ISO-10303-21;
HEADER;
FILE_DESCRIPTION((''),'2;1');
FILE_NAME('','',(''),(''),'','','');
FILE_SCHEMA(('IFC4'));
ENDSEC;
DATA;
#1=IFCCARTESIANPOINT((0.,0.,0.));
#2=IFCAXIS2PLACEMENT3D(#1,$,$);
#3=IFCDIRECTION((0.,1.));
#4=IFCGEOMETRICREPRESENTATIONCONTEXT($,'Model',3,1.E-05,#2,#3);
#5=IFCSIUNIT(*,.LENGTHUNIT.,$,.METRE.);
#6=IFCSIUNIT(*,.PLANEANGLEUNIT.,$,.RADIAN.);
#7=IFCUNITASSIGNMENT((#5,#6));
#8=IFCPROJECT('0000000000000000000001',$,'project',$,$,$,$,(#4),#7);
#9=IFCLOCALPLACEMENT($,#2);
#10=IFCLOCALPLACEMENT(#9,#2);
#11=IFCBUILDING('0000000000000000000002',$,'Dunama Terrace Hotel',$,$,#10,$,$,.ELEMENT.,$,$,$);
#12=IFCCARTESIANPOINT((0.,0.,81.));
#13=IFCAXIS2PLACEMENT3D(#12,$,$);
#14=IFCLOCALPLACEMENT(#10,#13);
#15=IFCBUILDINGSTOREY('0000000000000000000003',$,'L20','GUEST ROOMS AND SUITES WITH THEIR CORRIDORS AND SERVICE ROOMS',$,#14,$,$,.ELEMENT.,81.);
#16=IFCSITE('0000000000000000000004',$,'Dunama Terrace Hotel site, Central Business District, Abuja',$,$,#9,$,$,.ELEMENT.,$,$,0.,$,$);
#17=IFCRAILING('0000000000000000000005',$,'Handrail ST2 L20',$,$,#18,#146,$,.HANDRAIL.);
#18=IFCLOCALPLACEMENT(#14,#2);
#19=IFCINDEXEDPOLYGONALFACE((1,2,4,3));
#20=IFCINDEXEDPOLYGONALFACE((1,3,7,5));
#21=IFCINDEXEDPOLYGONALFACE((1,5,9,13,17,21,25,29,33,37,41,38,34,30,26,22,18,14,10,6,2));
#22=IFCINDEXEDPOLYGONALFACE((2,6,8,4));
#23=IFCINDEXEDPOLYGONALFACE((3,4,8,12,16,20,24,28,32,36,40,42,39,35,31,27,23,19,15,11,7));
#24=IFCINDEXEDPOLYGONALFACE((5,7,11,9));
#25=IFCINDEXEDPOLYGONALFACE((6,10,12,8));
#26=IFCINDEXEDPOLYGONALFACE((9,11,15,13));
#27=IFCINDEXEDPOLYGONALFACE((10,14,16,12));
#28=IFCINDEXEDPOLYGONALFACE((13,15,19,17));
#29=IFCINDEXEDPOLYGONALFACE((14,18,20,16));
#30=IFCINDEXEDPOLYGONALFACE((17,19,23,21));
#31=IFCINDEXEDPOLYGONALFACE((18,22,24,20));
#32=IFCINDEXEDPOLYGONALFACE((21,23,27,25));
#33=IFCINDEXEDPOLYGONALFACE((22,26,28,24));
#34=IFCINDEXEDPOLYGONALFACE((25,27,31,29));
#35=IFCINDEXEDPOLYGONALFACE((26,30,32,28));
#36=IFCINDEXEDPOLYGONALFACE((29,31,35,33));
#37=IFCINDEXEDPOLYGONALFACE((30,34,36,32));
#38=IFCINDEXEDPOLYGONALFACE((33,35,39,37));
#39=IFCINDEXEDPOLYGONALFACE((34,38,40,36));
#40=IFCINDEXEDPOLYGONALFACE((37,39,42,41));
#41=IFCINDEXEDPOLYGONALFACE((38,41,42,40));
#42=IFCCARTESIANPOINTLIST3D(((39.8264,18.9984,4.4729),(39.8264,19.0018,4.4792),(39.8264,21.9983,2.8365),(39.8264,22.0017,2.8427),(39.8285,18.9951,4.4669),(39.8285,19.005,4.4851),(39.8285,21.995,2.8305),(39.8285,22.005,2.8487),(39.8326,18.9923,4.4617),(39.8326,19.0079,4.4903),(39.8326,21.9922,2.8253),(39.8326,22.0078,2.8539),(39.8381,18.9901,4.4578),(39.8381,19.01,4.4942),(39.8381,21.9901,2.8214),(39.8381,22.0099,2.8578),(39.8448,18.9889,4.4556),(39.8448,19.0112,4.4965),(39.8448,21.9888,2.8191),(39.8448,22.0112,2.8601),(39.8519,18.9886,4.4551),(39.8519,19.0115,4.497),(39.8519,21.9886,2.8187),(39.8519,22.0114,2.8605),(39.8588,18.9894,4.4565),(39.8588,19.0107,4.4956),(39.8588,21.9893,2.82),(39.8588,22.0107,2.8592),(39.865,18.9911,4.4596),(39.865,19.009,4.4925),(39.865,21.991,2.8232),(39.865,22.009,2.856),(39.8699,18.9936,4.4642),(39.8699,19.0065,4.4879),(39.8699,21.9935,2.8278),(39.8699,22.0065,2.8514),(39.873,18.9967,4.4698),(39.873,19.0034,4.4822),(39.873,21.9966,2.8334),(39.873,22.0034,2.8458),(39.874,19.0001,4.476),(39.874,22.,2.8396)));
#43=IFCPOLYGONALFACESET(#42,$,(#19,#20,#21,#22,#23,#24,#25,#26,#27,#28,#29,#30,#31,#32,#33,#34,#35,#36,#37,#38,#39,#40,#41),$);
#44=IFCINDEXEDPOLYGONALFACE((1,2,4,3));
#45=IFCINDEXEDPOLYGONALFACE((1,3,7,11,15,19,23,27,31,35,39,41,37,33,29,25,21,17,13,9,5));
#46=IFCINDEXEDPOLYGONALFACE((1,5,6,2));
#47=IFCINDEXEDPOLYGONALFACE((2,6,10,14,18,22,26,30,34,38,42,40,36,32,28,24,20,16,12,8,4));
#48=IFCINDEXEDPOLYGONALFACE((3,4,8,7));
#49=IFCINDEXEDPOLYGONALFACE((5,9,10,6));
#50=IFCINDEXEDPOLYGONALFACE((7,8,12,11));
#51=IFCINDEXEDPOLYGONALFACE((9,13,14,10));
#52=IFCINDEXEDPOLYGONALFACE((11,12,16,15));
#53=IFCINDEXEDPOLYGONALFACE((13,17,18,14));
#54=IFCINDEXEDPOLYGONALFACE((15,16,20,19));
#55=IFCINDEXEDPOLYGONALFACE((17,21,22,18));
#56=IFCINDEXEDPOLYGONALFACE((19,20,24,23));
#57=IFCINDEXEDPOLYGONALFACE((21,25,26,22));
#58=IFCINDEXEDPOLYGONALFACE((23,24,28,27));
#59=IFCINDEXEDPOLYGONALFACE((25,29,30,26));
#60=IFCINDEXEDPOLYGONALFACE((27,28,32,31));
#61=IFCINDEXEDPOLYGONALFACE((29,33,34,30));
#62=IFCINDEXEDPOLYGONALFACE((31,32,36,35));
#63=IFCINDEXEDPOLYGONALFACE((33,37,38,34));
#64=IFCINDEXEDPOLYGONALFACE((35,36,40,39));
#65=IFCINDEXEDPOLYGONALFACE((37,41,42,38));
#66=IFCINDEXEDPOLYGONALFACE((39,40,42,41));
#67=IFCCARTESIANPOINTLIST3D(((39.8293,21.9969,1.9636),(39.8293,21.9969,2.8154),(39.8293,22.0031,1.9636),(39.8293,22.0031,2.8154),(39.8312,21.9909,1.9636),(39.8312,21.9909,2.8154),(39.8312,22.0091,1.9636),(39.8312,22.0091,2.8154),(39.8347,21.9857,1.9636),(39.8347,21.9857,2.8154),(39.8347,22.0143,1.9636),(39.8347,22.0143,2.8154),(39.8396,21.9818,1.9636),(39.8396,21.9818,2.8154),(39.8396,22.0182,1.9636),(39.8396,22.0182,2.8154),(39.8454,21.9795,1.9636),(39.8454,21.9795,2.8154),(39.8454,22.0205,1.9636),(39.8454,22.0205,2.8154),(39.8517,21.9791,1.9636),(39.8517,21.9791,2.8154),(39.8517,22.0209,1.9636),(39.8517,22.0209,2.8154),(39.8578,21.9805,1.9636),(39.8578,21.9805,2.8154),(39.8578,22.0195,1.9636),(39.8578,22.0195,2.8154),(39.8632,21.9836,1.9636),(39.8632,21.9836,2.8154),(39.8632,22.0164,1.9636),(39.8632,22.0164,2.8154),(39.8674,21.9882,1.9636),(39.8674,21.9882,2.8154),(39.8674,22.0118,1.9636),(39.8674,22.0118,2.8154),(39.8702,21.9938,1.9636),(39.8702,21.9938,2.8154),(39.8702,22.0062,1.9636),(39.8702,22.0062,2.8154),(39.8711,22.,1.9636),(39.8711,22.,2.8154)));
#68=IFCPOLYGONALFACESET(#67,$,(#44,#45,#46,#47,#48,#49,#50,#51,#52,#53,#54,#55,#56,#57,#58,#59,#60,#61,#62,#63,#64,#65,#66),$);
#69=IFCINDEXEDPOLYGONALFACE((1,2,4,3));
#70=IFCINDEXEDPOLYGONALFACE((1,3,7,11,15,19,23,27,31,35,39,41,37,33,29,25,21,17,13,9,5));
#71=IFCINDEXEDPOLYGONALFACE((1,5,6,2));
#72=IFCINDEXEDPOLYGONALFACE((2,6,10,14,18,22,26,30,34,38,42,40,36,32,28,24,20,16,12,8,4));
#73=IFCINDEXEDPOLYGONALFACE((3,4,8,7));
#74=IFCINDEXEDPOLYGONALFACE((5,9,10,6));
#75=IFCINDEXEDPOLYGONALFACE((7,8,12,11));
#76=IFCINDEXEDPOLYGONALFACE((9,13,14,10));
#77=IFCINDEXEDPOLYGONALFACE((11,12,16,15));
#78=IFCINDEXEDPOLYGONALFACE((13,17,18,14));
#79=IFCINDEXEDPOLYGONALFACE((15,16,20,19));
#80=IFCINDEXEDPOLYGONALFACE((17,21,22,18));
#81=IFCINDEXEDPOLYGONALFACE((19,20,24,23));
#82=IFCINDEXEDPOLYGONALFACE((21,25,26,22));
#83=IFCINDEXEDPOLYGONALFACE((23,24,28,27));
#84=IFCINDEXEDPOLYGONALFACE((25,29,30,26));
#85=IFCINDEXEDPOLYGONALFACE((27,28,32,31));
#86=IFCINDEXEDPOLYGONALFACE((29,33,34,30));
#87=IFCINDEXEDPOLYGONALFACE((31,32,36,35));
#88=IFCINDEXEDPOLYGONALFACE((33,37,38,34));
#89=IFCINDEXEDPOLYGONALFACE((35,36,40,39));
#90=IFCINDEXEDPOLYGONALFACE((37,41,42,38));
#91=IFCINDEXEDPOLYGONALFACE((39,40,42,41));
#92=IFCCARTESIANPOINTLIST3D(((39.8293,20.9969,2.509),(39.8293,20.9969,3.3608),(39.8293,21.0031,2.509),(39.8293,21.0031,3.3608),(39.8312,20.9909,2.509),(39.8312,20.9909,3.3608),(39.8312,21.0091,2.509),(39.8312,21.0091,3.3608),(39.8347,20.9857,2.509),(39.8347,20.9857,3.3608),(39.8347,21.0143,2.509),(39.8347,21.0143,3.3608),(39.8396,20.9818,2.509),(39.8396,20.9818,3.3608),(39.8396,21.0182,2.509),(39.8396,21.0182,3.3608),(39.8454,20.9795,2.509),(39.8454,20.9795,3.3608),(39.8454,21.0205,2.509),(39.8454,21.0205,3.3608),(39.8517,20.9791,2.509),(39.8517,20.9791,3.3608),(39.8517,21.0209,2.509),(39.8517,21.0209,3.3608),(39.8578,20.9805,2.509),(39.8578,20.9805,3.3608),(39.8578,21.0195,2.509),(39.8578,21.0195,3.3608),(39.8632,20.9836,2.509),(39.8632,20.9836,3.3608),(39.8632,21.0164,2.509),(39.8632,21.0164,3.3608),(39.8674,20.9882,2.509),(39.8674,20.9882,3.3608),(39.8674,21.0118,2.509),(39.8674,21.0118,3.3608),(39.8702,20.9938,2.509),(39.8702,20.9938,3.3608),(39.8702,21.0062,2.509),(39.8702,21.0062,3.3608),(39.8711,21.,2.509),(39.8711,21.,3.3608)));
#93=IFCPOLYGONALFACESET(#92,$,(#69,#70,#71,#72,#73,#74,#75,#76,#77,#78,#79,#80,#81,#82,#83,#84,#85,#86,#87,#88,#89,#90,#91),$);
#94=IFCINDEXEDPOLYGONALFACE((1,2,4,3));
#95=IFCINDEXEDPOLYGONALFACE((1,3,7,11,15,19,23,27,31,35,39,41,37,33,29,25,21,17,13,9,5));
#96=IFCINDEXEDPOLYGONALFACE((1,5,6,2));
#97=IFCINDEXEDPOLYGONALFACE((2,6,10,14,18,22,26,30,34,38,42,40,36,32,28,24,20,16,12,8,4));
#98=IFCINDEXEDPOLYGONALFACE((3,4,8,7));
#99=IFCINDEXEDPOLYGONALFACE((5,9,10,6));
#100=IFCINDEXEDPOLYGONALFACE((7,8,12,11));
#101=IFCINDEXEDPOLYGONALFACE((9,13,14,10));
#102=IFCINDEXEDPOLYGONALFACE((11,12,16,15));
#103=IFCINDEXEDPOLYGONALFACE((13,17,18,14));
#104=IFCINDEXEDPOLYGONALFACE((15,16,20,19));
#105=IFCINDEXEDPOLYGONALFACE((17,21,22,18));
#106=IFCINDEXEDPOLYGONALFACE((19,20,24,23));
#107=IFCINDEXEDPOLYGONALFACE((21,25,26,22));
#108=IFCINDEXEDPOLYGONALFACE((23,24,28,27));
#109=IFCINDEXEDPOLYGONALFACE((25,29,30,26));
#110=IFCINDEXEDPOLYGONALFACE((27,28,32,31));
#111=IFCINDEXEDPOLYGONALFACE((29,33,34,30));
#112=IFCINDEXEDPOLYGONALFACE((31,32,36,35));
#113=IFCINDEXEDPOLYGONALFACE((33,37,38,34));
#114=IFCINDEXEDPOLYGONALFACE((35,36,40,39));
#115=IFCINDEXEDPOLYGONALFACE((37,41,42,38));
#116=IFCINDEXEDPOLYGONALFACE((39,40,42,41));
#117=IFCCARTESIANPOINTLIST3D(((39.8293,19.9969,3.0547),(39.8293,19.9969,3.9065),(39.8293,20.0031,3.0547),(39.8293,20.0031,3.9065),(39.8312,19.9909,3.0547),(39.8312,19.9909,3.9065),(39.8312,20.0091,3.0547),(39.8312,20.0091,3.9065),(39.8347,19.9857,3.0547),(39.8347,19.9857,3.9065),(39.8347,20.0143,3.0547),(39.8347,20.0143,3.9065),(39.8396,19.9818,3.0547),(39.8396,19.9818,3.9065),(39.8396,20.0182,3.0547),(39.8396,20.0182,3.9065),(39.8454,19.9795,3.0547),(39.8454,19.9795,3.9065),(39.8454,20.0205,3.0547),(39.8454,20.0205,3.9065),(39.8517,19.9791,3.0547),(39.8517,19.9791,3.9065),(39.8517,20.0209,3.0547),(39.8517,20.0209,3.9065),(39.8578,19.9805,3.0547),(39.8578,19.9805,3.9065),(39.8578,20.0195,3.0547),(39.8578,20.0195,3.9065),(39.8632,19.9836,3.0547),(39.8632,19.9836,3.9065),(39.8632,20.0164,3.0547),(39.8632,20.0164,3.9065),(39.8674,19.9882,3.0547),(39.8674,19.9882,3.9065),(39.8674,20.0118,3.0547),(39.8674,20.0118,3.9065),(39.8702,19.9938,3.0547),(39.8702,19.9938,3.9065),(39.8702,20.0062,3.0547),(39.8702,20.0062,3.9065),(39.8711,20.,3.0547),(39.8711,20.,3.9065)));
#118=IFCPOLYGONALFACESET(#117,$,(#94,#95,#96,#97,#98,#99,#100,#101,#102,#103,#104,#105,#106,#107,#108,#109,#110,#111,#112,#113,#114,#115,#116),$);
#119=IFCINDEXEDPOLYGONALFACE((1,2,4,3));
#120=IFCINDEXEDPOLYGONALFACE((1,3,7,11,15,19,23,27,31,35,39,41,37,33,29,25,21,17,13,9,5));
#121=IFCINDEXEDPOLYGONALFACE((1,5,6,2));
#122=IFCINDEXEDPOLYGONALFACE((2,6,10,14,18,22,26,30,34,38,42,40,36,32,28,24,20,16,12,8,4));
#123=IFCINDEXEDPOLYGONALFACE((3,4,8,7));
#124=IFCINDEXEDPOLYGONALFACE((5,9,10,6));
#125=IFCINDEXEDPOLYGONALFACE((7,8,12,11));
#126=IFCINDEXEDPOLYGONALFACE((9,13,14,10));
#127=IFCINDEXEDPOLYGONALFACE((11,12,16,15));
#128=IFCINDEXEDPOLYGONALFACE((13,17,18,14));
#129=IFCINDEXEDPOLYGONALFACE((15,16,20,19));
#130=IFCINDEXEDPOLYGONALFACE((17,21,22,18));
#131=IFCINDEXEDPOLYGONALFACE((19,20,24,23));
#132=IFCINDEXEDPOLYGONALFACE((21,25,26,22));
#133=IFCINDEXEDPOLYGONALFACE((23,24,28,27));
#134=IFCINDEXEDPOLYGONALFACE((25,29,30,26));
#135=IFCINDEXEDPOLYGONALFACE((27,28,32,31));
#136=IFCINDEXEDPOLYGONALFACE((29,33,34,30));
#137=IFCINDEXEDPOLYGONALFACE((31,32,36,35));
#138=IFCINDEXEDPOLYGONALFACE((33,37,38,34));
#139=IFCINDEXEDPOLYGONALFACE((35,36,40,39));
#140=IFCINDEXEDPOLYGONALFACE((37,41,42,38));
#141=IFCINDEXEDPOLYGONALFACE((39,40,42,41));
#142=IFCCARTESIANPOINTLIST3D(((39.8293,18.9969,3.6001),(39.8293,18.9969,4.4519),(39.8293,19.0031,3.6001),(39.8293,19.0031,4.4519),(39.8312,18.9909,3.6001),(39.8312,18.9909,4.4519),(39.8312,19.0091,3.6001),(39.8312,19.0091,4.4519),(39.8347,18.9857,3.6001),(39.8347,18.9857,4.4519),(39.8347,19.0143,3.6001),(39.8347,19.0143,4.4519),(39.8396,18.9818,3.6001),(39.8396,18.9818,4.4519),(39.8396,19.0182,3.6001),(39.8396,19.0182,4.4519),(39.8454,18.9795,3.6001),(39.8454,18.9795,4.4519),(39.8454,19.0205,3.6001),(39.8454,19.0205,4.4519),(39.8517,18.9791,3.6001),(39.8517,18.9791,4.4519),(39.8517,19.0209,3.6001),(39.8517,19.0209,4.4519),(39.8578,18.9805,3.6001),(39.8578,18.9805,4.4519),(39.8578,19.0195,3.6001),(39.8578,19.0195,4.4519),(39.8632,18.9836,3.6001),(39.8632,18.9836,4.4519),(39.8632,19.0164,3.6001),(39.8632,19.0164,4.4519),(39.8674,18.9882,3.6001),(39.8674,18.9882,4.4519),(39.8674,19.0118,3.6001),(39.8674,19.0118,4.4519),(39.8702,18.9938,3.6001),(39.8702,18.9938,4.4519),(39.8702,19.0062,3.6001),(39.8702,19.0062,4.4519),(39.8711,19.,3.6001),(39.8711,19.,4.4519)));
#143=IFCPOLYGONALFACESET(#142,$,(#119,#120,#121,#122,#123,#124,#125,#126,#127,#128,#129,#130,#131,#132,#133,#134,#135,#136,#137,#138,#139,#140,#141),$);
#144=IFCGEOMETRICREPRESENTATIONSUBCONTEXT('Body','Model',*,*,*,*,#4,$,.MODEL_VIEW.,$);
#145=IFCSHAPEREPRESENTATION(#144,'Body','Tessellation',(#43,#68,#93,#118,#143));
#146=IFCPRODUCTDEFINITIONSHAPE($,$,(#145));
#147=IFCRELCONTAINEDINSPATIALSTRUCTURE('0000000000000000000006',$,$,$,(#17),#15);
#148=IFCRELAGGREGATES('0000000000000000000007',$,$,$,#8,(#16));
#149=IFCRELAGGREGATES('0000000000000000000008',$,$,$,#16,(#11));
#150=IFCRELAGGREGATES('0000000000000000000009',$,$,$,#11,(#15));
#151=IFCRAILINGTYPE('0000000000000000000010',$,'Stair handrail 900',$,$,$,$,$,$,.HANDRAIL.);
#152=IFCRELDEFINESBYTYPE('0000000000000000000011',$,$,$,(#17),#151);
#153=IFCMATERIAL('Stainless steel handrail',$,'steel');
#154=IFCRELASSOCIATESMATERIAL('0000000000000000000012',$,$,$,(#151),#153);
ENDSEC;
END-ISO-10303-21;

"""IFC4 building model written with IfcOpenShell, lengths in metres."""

from ifc_helpers import new_model, si_unit, direction, frame, origin, origin_2d, place, context, subcontext, project, spatial, circle, extrude, material, type_object, element, save


model = new_model("IFC4")

# Units and contexts
model_context = context("Model", 3, precision=1e-05, world=origin(), true_north=direction((0.0, 1.0)))
body_context = subcontext(model_context, "Body", "Model", "MODEL_VIEW")
ifc_project = project(units=[si_unit("LENGTHUNIT", "METRE"), si_unit("PLANEANGLEUNIT", "RADIAN")], contexts=[model_context])

# Site, building, storey
site_placement = place(None, origin())
site = spatial("IfcSite", under=ifc_project, at=site_placement, Name="Dunama Terrace Hotel site, Central Business District, Abuja", CompositionType="ELEMENT", RefElevation=0.0)
building_placement = place(site_placement, origin())
building = spatial("IfcBuilding", under=site, at=building_placement, Name="Dunama Terrace Hotel", CompositionType="ELEMENT")
storey_placement = place(building_placement, frame((0.0, 0.0, 81.0)))
storey = spatial("IfcBuildingStorey", under=building, at=storey_placement, Name="L20", Description="GUEST ROOMS AND SUITES WITH THEIR CORRIDORS AND SERVICE ROOMS", CompositionType="ELEMENT", Elevation=81.0)

# Railing
ifc_material_1 = material(Name="Stainless steel handrail", Category="steel")
railing_type = type_object("IfcRailingType", Name="Stair handrail 900", PredefinedType="HANDRAIL", material=ifc_material_1)
railing_1_placement = place(storey_placement, frame((39.8501, 22.0, 1.9636)))
element("IfcRailing", 1, at=railing_1_placement, inside=storey, type_object=railing_type, Name="Handrail ST2 L20", PredefinedType="HANDRAIL", context=body_context, shape_type="SweptSolid", body=[
    extrude(circle(Radius=0.0239, at=origin_2d()), frame((0.0, 0.0, 0.876), z_axis=(0.0, -0.877882, 0.478877), x_axis=(1.0, 0.0, 0.0)), (0.0, 0.0, 1.0), 3.4172),
    extrude(circle(Radius=0.021, at=origin_2d()), origin(), (0.0, 0.0, 1.0), 0.8518),
    extrude(circle(Radius=0.021, at=origin_2d()), frame((0.0, -1.0, 0.5454)), (0.0, 0.0, 1.0), 0.8518),
    extrude(circle(Radius=0.021, at=origin_2d()), frame((0.0, -2.0, 1.0911)), (0.0, 0.0, 1.0), 0.8518),
    extrude(circle(Radius=0.021, at=origin_2d()), frame((0.0, -3.0, 1.6365)), (0.0, 0.0, 1.0), 0.8518),
])

save(model, "model.ifc")
